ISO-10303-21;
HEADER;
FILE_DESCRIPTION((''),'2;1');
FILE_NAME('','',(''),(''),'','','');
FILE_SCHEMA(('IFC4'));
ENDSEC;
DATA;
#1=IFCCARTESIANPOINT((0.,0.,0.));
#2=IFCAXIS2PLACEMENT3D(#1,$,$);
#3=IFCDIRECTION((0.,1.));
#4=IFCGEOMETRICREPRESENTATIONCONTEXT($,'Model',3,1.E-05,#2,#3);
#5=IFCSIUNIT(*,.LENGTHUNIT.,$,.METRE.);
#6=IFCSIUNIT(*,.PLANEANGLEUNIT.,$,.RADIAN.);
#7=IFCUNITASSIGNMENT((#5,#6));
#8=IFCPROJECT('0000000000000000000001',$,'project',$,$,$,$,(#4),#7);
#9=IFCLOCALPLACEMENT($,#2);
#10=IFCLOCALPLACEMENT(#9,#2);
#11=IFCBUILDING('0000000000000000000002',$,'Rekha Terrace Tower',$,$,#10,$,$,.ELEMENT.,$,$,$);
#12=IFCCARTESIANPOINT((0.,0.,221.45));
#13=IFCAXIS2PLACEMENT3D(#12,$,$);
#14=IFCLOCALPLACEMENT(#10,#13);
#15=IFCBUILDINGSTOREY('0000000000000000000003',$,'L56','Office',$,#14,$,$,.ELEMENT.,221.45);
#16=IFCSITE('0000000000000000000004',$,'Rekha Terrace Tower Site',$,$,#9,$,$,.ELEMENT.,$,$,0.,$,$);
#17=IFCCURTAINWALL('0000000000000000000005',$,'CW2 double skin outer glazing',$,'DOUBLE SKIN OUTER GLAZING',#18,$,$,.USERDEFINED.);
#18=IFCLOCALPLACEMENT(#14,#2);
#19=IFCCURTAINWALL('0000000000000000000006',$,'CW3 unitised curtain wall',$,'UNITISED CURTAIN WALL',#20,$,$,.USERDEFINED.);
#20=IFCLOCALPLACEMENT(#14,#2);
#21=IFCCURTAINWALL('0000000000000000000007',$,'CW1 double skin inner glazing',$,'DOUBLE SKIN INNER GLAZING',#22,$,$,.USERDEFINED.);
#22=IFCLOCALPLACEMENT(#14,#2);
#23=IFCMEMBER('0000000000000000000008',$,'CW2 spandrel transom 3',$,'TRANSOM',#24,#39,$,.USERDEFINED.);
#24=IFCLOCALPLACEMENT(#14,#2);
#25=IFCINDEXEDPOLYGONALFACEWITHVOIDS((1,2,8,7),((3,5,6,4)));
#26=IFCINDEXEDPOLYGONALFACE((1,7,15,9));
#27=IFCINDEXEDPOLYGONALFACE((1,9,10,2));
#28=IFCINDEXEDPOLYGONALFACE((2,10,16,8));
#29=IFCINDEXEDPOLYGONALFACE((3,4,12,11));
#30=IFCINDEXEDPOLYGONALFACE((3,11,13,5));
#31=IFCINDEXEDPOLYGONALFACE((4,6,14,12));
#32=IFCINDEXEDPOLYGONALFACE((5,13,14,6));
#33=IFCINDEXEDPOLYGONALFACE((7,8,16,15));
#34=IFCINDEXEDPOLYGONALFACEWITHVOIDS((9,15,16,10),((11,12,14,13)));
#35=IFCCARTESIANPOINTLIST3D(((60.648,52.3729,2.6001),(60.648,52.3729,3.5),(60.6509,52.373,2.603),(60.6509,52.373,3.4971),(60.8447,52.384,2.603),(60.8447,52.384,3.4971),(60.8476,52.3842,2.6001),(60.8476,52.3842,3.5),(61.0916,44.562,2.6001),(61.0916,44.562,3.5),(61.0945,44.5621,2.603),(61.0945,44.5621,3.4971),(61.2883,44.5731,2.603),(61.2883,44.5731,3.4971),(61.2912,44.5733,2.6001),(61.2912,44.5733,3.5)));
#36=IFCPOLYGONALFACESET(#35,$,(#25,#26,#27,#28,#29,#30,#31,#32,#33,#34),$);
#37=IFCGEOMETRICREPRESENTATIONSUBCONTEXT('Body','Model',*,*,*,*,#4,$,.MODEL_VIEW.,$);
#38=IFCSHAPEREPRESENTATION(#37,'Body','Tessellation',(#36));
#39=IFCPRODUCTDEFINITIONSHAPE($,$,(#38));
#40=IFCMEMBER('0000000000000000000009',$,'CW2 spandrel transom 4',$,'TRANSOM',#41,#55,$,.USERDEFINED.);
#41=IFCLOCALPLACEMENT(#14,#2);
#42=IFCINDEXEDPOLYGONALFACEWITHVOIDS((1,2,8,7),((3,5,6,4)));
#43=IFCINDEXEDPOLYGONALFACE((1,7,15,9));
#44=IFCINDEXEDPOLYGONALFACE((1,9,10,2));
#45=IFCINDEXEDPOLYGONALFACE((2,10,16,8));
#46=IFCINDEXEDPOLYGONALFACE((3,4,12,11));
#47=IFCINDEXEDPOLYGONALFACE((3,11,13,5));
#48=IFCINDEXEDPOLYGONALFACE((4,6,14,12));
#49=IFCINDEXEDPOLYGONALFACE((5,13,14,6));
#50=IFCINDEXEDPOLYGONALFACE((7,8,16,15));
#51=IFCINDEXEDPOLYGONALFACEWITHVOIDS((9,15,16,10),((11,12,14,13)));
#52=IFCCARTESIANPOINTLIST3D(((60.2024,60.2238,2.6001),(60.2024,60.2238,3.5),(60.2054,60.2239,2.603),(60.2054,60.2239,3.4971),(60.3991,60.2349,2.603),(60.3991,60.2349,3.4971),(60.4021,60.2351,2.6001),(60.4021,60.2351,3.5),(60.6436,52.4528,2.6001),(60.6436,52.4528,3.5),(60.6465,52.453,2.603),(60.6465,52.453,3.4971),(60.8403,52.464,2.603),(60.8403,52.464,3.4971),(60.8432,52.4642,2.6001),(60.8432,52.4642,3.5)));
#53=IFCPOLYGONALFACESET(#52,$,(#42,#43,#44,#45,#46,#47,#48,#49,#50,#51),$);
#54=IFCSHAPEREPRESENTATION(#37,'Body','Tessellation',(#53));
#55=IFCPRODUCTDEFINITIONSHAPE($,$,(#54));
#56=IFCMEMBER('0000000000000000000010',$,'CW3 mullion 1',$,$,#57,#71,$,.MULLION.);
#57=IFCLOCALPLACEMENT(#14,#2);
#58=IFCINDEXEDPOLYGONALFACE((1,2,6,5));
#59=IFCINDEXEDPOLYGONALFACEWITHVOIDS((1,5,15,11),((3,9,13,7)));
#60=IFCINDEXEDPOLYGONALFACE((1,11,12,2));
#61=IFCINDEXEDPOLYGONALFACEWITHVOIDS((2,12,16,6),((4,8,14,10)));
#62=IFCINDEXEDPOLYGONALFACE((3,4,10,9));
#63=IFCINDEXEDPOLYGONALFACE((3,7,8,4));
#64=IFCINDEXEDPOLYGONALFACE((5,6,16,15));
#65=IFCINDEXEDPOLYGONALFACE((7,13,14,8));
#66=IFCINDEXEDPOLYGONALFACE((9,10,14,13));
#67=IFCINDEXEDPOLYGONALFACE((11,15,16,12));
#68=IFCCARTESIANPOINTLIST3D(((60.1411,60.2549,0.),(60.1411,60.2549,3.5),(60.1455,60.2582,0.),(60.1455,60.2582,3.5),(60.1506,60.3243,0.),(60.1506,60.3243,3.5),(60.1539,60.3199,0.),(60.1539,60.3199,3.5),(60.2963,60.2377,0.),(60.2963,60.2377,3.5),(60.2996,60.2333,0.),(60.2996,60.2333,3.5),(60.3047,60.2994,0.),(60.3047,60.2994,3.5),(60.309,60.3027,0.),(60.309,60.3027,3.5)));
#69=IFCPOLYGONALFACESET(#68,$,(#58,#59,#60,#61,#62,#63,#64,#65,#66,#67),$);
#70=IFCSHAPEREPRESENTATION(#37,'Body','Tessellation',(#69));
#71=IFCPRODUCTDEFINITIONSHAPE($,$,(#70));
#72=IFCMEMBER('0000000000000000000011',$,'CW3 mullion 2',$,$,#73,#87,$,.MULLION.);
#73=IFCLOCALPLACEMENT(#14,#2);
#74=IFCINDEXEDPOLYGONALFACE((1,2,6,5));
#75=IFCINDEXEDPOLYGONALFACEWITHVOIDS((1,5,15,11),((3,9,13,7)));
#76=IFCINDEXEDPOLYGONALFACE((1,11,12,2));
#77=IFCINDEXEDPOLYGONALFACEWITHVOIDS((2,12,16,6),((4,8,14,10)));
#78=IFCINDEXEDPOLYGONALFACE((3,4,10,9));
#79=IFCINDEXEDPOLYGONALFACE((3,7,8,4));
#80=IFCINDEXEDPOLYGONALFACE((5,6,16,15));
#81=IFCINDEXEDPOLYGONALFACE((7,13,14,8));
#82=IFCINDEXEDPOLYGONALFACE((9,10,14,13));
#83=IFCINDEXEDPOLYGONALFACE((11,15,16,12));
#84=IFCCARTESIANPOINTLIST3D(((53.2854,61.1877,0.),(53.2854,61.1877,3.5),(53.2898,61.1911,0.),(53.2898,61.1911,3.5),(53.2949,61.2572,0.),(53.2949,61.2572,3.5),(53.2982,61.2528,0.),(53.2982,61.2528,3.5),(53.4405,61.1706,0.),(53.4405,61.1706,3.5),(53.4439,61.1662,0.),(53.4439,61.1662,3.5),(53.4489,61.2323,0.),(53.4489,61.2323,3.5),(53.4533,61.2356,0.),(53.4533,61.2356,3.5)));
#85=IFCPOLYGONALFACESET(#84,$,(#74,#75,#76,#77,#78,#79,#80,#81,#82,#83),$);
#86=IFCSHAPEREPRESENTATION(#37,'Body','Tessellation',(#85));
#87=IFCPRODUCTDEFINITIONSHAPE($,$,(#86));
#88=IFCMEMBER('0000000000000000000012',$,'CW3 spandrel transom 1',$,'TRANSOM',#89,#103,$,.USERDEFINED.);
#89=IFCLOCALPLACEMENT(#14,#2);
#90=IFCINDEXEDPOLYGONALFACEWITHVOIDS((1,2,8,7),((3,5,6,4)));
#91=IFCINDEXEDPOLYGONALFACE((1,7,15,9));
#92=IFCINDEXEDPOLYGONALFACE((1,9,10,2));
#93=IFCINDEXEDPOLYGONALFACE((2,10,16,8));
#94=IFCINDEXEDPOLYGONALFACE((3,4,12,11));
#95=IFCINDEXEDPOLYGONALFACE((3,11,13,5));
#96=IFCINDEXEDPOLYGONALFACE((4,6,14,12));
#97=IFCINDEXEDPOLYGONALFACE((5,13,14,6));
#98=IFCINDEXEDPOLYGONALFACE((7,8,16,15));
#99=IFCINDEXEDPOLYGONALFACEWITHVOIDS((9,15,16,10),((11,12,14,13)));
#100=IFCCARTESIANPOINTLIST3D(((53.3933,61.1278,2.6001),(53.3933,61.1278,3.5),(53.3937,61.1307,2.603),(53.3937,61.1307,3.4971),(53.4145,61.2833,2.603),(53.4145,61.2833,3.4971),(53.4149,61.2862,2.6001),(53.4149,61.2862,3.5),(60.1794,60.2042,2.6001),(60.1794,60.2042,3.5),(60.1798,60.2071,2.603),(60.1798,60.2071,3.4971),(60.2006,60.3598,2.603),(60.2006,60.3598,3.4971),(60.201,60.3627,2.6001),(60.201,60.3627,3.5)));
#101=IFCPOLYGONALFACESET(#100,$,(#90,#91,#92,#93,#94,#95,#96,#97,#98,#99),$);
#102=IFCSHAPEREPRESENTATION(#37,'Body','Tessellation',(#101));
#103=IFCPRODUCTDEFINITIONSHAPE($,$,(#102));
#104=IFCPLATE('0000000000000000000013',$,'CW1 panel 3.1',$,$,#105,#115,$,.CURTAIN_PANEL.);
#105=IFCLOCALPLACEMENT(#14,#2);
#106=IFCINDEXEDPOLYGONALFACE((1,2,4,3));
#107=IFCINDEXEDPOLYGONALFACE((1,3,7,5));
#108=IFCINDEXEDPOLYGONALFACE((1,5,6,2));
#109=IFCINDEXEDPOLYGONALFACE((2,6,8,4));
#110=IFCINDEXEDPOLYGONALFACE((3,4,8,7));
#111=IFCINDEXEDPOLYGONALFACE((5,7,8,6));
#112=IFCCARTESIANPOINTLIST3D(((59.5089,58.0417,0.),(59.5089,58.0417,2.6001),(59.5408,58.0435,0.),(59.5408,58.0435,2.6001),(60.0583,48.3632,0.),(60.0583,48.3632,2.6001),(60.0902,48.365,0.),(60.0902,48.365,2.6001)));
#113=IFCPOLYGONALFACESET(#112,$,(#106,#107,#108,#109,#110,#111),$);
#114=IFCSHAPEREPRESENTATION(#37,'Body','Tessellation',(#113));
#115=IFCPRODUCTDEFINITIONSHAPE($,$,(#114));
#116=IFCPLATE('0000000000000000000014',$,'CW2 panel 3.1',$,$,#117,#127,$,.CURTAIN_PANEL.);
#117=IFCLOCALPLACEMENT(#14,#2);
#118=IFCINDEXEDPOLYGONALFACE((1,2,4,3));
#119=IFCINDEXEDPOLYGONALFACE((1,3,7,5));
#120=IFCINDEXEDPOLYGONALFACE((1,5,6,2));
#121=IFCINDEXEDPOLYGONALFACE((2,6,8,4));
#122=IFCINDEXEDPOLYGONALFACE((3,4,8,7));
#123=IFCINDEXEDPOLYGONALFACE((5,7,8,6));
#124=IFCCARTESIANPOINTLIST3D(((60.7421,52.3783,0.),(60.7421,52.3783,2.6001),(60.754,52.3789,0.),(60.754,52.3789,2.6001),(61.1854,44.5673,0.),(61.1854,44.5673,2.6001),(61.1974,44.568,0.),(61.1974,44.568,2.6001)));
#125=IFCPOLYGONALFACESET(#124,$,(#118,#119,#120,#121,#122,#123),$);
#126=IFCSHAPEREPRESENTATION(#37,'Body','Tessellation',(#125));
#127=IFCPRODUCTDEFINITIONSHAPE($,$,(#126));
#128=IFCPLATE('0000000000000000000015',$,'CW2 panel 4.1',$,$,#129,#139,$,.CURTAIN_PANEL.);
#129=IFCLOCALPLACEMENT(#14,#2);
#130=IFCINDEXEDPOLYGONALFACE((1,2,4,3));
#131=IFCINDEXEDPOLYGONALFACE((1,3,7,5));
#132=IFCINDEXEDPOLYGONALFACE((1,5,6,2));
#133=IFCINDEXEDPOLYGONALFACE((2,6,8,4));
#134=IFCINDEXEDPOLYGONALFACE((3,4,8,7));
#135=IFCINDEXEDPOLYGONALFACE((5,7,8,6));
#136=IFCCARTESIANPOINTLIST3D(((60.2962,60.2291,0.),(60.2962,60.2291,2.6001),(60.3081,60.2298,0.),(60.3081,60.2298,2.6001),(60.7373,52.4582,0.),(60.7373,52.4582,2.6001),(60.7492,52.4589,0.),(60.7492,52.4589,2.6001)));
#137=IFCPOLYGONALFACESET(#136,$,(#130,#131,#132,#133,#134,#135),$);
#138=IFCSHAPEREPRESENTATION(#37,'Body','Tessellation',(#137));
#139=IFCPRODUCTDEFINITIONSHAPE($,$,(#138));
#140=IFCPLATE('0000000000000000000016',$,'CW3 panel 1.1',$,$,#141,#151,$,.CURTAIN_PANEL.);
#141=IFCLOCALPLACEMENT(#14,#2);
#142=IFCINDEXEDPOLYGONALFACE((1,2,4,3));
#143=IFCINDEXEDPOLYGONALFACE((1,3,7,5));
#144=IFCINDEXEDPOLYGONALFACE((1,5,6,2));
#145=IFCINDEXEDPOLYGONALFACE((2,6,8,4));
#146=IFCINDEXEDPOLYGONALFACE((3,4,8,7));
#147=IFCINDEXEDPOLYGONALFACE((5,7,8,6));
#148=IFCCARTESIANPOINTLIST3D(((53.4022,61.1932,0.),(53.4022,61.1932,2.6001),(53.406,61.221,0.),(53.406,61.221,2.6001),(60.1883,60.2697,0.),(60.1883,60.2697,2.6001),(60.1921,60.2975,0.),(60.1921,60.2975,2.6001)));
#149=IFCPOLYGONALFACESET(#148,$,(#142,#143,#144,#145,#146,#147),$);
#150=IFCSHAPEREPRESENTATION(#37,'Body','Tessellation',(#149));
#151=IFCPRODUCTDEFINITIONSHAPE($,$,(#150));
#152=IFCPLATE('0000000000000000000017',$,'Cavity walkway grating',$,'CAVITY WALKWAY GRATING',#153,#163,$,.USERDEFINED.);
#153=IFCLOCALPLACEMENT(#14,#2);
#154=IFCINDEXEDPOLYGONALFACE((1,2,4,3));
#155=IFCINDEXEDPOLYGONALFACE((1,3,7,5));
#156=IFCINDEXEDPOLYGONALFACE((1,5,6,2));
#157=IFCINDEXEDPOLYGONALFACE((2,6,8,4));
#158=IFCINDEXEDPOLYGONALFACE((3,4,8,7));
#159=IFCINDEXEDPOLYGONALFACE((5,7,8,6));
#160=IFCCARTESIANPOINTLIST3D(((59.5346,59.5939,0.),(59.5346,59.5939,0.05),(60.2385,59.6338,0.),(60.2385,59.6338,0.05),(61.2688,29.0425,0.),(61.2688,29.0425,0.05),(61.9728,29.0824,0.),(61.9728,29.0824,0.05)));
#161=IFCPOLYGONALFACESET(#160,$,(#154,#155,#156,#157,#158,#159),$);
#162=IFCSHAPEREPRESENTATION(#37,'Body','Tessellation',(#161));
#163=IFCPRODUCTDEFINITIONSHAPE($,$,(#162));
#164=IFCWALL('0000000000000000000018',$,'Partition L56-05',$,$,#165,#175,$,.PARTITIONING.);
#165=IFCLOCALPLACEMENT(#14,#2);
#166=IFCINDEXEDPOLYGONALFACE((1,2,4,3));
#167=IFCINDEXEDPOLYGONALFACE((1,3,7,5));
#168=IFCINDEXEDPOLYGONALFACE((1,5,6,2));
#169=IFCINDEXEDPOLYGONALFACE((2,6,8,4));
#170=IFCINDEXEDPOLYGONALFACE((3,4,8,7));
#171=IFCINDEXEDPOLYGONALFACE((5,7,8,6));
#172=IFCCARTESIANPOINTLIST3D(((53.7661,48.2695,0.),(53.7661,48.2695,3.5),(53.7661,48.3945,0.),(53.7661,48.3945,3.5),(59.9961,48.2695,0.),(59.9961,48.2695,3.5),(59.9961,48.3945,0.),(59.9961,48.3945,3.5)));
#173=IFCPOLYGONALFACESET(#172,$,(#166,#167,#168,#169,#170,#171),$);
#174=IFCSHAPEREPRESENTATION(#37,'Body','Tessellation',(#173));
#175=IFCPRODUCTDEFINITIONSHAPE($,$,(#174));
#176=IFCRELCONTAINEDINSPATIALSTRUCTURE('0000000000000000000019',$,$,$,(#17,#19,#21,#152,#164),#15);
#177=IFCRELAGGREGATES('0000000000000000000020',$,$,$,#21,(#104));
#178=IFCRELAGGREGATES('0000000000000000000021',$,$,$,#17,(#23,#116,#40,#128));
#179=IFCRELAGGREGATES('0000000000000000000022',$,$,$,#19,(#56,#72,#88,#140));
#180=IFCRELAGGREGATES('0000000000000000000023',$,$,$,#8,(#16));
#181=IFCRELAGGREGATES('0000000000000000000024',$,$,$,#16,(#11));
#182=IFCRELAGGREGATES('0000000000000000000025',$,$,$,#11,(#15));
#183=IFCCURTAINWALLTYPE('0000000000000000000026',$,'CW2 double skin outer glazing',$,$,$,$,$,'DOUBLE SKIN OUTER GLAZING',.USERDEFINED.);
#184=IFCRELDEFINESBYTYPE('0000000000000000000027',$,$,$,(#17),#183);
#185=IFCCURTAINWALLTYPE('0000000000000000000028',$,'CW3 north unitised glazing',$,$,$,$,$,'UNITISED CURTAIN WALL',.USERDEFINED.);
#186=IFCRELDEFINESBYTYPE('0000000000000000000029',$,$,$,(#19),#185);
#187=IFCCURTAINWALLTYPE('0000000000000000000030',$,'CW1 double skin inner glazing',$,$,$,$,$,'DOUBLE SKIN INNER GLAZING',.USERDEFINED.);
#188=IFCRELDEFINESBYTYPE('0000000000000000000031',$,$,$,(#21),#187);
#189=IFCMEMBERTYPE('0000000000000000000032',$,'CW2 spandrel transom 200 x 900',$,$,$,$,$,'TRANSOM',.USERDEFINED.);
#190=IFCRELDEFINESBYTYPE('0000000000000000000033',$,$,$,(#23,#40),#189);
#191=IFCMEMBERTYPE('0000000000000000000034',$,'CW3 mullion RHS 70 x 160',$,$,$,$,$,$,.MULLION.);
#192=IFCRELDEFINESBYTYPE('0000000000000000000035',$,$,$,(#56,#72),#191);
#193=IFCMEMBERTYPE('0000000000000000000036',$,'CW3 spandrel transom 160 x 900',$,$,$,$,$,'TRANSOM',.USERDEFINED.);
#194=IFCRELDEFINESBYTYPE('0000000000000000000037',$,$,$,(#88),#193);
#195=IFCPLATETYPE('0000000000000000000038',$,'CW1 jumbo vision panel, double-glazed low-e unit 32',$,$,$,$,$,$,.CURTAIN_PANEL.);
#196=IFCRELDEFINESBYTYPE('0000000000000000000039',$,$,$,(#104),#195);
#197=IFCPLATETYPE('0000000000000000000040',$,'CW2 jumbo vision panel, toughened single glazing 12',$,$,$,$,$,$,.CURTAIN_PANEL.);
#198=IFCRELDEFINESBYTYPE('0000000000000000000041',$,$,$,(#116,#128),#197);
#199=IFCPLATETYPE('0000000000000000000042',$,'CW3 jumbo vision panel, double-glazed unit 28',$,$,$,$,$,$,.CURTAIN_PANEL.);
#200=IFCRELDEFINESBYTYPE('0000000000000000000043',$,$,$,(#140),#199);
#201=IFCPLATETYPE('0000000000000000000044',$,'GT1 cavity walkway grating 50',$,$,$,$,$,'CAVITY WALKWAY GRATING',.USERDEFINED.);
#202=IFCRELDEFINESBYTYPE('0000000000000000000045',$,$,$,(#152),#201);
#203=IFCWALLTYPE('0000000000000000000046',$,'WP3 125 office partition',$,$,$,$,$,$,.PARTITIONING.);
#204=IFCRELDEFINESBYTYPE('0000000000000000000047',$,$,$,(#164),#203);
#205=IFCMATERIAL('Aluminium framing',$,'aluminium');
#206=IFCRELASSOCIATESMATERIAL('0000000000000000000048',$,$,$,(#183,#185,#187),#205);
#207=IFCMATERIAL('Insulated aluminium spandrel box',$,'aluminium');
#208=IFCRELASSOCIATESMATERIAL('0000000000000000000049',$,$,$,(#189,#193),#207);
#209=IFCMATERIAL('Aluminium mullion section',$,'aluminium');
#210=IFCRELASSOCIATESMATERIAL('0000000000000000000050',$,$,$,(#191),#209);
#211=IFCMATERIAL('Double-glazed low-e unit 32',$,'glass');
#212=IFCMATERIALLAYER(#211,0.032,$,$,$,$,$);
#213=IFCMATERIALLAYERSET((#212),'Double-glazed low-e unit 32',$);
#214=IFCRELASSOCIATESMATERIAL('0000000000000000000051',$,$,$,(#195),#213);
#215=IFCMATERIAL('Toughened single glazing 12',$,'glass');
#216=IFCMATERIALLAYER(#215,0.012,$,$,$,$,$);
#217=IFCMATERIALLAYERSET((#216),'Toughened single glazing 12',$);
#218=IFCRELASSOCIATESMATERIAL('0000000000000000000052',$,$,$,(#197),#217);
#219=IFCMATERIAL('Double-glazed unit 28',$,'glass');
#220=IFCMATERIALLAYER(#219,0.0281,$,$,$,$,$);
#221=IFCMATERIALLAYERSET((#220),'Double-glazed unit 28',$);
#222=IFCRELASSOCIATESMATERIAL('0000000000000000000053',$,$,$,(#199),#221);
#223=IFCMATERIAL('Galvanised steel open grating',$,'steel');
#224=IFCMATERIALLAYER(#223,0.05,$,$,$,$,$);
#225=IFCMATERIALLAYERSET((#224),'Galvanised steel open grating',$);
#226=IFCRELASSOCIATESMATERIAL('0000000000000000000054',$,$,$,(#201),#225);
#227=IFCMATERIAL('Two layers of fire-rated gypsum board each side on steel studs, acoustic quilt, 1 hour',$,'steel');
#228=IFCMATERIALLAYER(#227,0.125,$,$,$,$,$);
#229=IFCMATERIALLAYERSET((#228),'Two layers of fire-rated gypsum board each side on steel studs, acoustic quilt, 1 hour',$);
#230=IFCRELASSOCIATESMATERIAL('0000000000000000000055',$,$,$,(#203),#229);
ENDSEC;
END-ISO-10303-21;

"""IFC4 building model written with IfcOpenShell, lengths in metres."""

from ifc_helpers import new_model, si_unit, direction, frame, frame_2d, origin, origin_2d, place, context, subcontext, project, spatial, rectangle, hollow_rectangle, extrude, material, layer, layer_set, material_profile, profile_set, type_object, element, aggregate, save


model = new_model("IFC4")

# Units and contexts
model_context = context("Model", 3, precision=1e-05, world=origin(), true_north=direction((0.0, 1.0)))
body_context = subcontext(model_context, "Body", "Model", "MODEL_VIEW")
ifc_project = project(units=[si_unit("LENGTHUNIT", "METRE"), si_unit("PLANEANGLEUNIT", "RADIAN")], contexts=[model_context])

# Site, building, storey
site_placement = place(None, origin())
site = spatial("IfcSite", under=ifc_project, at=site_placement, Name="Rekha Terrace Tower Site", CompositionType="ELEMENT", RefElevation=0.0)
building_placement = place(site_placement, origin())
building = spatial("IfcBuilding", under=site, at=building_placement, Name="Rekha Terrace Tower", CompositionType="ELEMENT")
storey_placement = place(building_placement, frame((0.0, 0.0, 221.45)))
storey = spatial("IfcBuildingStorey", under=building, at=storey_placement, Name="L56", Description="Office", CompositionType="ELEMENT", Elevation=221.45)

# Curtain wall
ifc_material_1 = material(Name="Aluminium framing", Category="aluminium")
curtain_wall_type_1 = type_object("IfcCurtainWallType", Name="CW2 double skin outer glazing", ElementType="DOUBLE SKIN OUTER GLAZING", PredefinedType="USERDEFINED", material=ifc_material_1)
curtain_wall_1_placement = place(storey_placement, origin())
curtain_wall_1 = element("IfcCurtainWall", 1, at=curtain_wall_1_placement, inside=storey, type_object=curtain_wall_type_1, Name="CW2 double skin outer glazing", ObjectType="DOUBLE SKIN OUTER GLAZING", PredefinedType="USERDEFINED")

# Curtain wall
curtain_wall_type_2 = type_object("IfcCurtainWallType", Name="CW3 north unitised glazing", ElementType="UNITISED CURTAIN WALL", PredefinedType="USERDEFINED", material=ifc_material_1)
curtain_wall_2_placement = place(storey_placement, origin())
curtain_wall_2 = element("IfcCurtainWall", 2, at=curtain_wall_2_placement, inside=storey, type_object=curtain_wall_type_2, Name="CW3 unitised curtain wall", ObjectType="UNITISED CURTAIN WALL", PredefinedType="USERDEFINED")

# Curtain wall
curtain_wall_type_3 = type_object("IfcCurtainWallType", Name="CW1 double skin inner glazing", ElementType="DOUBLE SKIN INNER GLAZING", PredefinedType="USERDEFINED", material=ifc_material_1)
curtain_wall_3_placement = place(storey_placement, origin())
curtain_wall_3 = element("IfcCurtainWall", 3, at=curtain_wall_3_placement, inside=storey, type_object=curtain_wall_type_3, Name="CW1 double skin inner glazing", ObjectType="DOUBLE SKIN INNER GLAZING", PredefinedType="USERDEFINED")
ifc_material_2 = material(Name="Aluminium mullion section", Category="aluminium")
ifc_material_3 = material(Name="Insulated aluminium spandrel box", Category="aluminium")

# Members
ifc_material_profile_1 = material_profile(ifc_material_3, hollow_rectangle(XDim=0.2, YDim=0.8999, WallThickness=0.0029, at=origin_2d()), Name="AL SPANDREL BOX 200x900")
ifc_profile_set_1 = profile_set([ifc_material_profile_1], Name="Insulated aluminium spandrel box")
member_type_1 = type_object("IfcMemberType", Name="CW2 spandrel transom 200 x 900", ElementType="TRANSOM", PredefinedType="USERDEFINED", material=ifc_profile_set_1)
member_1_placement = place(storey_placement, frame((61.1914, 44.5676, 3.05), z_axis=(-0.056702, 0.998391, 0.0), x_axis=(-0.998391, -0.056702, 0.0)))
member_1 = element("IfcMember", 4, at=member_1_placement, type_object=member_type_1, Name="CW2 spandrel transom 3", ObjectType="TRANSOM", PredefinedType="USERDEFINED", context=body_context, shape_type="SweptSolid", body=[
    extrude(hollow_rectangle(XDim=0.2, YDim=0.8999, WallThickness=0.0029, at=origin_2d()), origin(), (0.0, 0.0, 1.0), 7.8235),
])
member_2_placement = place(storey_placement, frame((60.7434, 52.4585, 3.05), z_axis=(-0.056679, 0.998392, 0.0), x_axis=(-0.998392, -0.056679, 0.0)))
member_2 = element("IfcMember", 5, at=member_2_placement, type_object=member_type_1, Name="CW2 spandrel transom 4", ObjectType="TRANSOM", PredefinedType="USERDEFINED", context=body_context, shape_type="SweptSolid", body=[
    extrude(hollow_rectangle(XDim=0.2, YDim=0.8999, WallThickness=0.0029, at=origin_2d()), origin(), (0.0, 0.0, 1.0), 7.7834),
])
ifc_material_profile_2 = material_profile(ifc_material_2, hollow_rectangle(XDim=0.0701, YDim=0.1599, WallThickness=0.0039, at=origin_2d()), Name="AL RHS 70x160")
ifc_profile_set_2 = profile_set([ifc_material_profile_2], Name="Aluminium mullion section")
member_type_2 = type_object("IfcMemberType", Name="CW3 mullion RHS 70 x 160", PredefinedType="MULLION", material=ifc_profile_set_2)
member_3_placement = place(storey_placement, frame((60.2251, 60.2788, 0.0), z_axis=(0.0, 0.0, 1.0), x_axis=(-0.134841, -0.990867, 0.0)))
member_3 = element("IfcMember", 6, at=member_3_placement, type_object=member_type_2, Name="CW3 mullion 1", PredefinedType="MULLION", context=body_context, shape_type="SweptSolid", body=[
    extrude(hollow_rectangle(XDim=0.0701, YDim=0.1599, WallThickness=0.0039, at=origin_2d()), origin(), (0.0, 0.0, 1.0), 3.5),
])
member_4_placement = place(storey_placement, frame((53.3694, 61.2117, 0.0), z_axis=(0.0, 0.0, 1.0), x_axis=(-0.134841, -0.990867, 0.0)))
member_4 = element("IfcMember", 7, at=member_4_placement, type_object=member_type_2, Name="CW3 mullion 2", PredefinedType="MULLION", context=body_context, shape_type="SweptSolid", body=[
    extrude(hollow_rectangle(XDim=0.0701, YDim=0.1599, WallThickness=0.0039, at=origin_2d()), origin(), (0.0, 0.0, 1.0), 3.5),
])
ifc_material_profile_3 = material_profile(ifc_material_3, hollow_rectangle(XDim=0.1599, YDim=0.8999, WallThickness=0.0029, at=origin_2d()), Name="AL SPANDREL BOX 160x900")
ifc_profile_set_3 = profile_set([ifc_material_profile_3], Name="Insulated aluminium spandrel box")
member_type_3 = type_object("IfcMemberType", Name="CW3 spandrel transom 160 x 900", ElementType="TRANSOM", PredefinedType="USERDEFINED", material=ifc_profile_set_3)
member_5_placement = place(storey_placement, frame((60.1902, 60.2834, 3.05), z_axis=(-0.990865, 0.134855, 0.0), x_axis=(-0.134855, -0.990865, 0.0)))
member_5 = element("IfcMember", 8, at=member_5_placement, type_object=member_type_3, Name="CW3 spandrel transom 1", ObjectType="TRANSOM", PredefinedType="USERDEFINED", context=body_context, shape_type="SweptSolid", body=[
    extrude(hollow_rectangle(XDim=0.1599, YDim=0.8999, WallThickness=0.0029, at=origin_2d()), origin(), (0.0, 0.0, 1.0), 6.8486),
])

# Plates
ifc_material_4 = material(Name="Double-glazed low-e unit 32", Category="glass")
ifc_layer_1 = layer(ifc_material_4, 0.032)
ifc_layer_set_1 = layer_set([ifc_layer_1], Name="Double-glazed low-e unit 32")
plate_type_1 = type_object("IfcPlateType", Name="CW1 jumbo vision panel, double-glazed low-e unit 32", PredefinedType="CURTAIN_PANEL", material=ifc_layer_set_1)
plate_1_placement = place(storey_placement, frame((59.7996, 53.2034, 0.0), z_axis=(0.0, 0.0, 1.0), x_axis=(-0.056673, 0.998393, 0.0)))
plate_1 = element("IfcPlate", 9, at=plate_1_placement, type_object=plate_type_1, Name="CW1 panel 3.1", PredefinedType="CURTAIN_PANEL", context=body_context, shape_type="SweptSolid", body=[
    extrude(rectangle(XDim=9.6941, YDim=0.032, at=origin_2d()), origin(), (0.0, 0.0, 1.0), 2.6001),
])
aggregate(curtain_wall_3, [plate_1])
ifc_material_5 = material(Name="Toughened single glazing 12", Category="glass")
ifc_layer_2 = layer(ifc_material_5, 0.012)
ifc_layer_set_2 = layer_set([ifc_layer_2], Name="Toughened single glazing 12")
plate_type_2 = type_object("IfcPlateType", Name="CW2 jumbo vision panel, toughened single glazing 12", PredefinedType="CURTAIN_PANEL", material=ifc_layer_set_2)
plate_2_placement = place(storey_placement, frame((60.9697, 48.4731, 0.0), z_axis=(0.0, 0.0, 1.0), x_axis=(-0.056673, 0.998393, 0.0)))
plate_2 = element("IfcPlate", 10, at=plate_2_placement, type_object=plate_type_2, Name="CW2 panel 3.1", PredefinedType="CURTAIN_PANEL", context=body_context, shape_type="SweptSolid", body=[
    extrude(rectangle(XDim=7.8235, YDim=0.012, at=origin_2d()), origin(), (0.0, 0.0, 1.0), 2.6001),
])
plate_3_placement = place(storey_placement, frame((60.5227, 56.344, 0.0), z_axis=(0.0, 0.0, 1.0), x_axis=(-0.056673, 0.998393, 0.0)))
plate_3 = element("IfcPlate", 11, at=plate_3_placement, type_object=plate_type_2, Name="CW2 panel 4.1", PredefinedType="CURTAIN_PANEL", context=body_context, shape_type="SweptSolid", body=[
    extrude(rectangle(XDim=7.7834, YDim=0.012, at=origin_2d()), origin(), (0.0, 0.0, 1.0), 2.6001),
])
aggregate(curtain_wall_1, [member_1, plate_2, member_2, plate_3])
ifc_material_6 = material(Name="Double-glazed unit 28", Category="glass")
ifc_layer_3 = layer(ifc_material_6, 0.0281)
ifc_layer_set_3 = layer_set([ifc_layer_3], Name="Double-glazed unit 28")
plate_type_3 = type_object("IfcPlateType", Name="CW3 jumbo vision panel, double-glazed unit 28", PredefinedType="CURTAIN_PANEL", material=ifc_layer_set_3)
plate_4_placement = place(storey_placement, frame((56.7971, 60.7454, 0.0), z_axis=(0.0, 0.0, 1.0), x_axis=(-0.990867, 0.134841, 0.0)))
plate_4 = element("IfcPlate", 12, at=plate_4_placement, type_object=plate_type_3, Name="CW3 panel 1.1", PredefinedType="CURTAIN_PANEL", context=body_context, shape_type="SweptSolid", body=[
    extrude(rectangle(XDim=6.8486, YDim=0.0281, at=origin_2d()), origin(), (0.0, 0.0, 1.0), 2.6001),
])
aggregate(curtain_wall_2, [member_3, member_4, member_5, plate_4])
ifc_material_7 = material(Name="Galvanised steel open grating", Category="steel")
ifc_layer_4 = layer(ifc_material_7, 0.05)
ifc_layer_set_4 = layer_set([ifc_layer_4], Name="Galvanised steel open grating")
plate_type_4 = type_object("IfcPlateType", Name="GT1 cavity walkway grating 50", ElementType="CAVITY WALKWAY GRATING", PredefinedType="USERDEFINED", material=ifc_layer_set_4)
plate_5_placement = place(storey_placement, frame((60.7537, 44.3381, 0.0), z_axis=(0.0, 0.0, 1.0), x_axis=(-0.056673, 0.998393, 0.0)))
element("IfcPlate", 13, at=plate_5_placement, inside=storey, type_object=plate_type_4, Name="Cavity walkway grating", ObjectType="CAVITY WALKWAY GRATING", PredefinedType="USERDEFINED", context=body_context, shape_type="SweptSolid", body=[
    extrude(rectangle(XDim=30.6006, YDim=0.7051, at=origin_2d()), origin(), (0.0, 0.0, 1.0), 0.05),
])

# Wall
ifc_material_8 = material(Name="Two layers of fire-rated gypsum board each side on steel studs, acoustic quilt, 1 hour", Category="steel")
ifc_layer_5 = layer(ifc_material_8, 0.125)
ifc_layer_set_5 = layer_set([ifc_layer_5], Name="Two layers of fire-rated gypsum board each side on steel studs, acoustic quilt, 1 hour")
wall_type = type_object("IfcWallType", Name="WP3 125 office partition", PredefinedType="PARTITIONING", material=ifc_layer_set_5)
wall_1_placement = place(storey_placement, frame((59.9961, 48.332, 0.0), z_axis=(0.0, 0.0, 1.0), x_axis=(-1.0, 0.0, 0.0)))
element("IfcWall", 14, at=wall_1_placement, inside=storey, type_object=wall_type, Name="Partition L56-05", PredefinedType="PARTITIONING", context=body_context, shape_type="SweptSolid", body=[
    extrude(rectangle(XDim=6.23, YDim=0.125, at=frame_2d((3.115, 0.0))), origin(), (0.0, 0.0, 1.0), 3.5),
])

save(model, "model.ifc")
